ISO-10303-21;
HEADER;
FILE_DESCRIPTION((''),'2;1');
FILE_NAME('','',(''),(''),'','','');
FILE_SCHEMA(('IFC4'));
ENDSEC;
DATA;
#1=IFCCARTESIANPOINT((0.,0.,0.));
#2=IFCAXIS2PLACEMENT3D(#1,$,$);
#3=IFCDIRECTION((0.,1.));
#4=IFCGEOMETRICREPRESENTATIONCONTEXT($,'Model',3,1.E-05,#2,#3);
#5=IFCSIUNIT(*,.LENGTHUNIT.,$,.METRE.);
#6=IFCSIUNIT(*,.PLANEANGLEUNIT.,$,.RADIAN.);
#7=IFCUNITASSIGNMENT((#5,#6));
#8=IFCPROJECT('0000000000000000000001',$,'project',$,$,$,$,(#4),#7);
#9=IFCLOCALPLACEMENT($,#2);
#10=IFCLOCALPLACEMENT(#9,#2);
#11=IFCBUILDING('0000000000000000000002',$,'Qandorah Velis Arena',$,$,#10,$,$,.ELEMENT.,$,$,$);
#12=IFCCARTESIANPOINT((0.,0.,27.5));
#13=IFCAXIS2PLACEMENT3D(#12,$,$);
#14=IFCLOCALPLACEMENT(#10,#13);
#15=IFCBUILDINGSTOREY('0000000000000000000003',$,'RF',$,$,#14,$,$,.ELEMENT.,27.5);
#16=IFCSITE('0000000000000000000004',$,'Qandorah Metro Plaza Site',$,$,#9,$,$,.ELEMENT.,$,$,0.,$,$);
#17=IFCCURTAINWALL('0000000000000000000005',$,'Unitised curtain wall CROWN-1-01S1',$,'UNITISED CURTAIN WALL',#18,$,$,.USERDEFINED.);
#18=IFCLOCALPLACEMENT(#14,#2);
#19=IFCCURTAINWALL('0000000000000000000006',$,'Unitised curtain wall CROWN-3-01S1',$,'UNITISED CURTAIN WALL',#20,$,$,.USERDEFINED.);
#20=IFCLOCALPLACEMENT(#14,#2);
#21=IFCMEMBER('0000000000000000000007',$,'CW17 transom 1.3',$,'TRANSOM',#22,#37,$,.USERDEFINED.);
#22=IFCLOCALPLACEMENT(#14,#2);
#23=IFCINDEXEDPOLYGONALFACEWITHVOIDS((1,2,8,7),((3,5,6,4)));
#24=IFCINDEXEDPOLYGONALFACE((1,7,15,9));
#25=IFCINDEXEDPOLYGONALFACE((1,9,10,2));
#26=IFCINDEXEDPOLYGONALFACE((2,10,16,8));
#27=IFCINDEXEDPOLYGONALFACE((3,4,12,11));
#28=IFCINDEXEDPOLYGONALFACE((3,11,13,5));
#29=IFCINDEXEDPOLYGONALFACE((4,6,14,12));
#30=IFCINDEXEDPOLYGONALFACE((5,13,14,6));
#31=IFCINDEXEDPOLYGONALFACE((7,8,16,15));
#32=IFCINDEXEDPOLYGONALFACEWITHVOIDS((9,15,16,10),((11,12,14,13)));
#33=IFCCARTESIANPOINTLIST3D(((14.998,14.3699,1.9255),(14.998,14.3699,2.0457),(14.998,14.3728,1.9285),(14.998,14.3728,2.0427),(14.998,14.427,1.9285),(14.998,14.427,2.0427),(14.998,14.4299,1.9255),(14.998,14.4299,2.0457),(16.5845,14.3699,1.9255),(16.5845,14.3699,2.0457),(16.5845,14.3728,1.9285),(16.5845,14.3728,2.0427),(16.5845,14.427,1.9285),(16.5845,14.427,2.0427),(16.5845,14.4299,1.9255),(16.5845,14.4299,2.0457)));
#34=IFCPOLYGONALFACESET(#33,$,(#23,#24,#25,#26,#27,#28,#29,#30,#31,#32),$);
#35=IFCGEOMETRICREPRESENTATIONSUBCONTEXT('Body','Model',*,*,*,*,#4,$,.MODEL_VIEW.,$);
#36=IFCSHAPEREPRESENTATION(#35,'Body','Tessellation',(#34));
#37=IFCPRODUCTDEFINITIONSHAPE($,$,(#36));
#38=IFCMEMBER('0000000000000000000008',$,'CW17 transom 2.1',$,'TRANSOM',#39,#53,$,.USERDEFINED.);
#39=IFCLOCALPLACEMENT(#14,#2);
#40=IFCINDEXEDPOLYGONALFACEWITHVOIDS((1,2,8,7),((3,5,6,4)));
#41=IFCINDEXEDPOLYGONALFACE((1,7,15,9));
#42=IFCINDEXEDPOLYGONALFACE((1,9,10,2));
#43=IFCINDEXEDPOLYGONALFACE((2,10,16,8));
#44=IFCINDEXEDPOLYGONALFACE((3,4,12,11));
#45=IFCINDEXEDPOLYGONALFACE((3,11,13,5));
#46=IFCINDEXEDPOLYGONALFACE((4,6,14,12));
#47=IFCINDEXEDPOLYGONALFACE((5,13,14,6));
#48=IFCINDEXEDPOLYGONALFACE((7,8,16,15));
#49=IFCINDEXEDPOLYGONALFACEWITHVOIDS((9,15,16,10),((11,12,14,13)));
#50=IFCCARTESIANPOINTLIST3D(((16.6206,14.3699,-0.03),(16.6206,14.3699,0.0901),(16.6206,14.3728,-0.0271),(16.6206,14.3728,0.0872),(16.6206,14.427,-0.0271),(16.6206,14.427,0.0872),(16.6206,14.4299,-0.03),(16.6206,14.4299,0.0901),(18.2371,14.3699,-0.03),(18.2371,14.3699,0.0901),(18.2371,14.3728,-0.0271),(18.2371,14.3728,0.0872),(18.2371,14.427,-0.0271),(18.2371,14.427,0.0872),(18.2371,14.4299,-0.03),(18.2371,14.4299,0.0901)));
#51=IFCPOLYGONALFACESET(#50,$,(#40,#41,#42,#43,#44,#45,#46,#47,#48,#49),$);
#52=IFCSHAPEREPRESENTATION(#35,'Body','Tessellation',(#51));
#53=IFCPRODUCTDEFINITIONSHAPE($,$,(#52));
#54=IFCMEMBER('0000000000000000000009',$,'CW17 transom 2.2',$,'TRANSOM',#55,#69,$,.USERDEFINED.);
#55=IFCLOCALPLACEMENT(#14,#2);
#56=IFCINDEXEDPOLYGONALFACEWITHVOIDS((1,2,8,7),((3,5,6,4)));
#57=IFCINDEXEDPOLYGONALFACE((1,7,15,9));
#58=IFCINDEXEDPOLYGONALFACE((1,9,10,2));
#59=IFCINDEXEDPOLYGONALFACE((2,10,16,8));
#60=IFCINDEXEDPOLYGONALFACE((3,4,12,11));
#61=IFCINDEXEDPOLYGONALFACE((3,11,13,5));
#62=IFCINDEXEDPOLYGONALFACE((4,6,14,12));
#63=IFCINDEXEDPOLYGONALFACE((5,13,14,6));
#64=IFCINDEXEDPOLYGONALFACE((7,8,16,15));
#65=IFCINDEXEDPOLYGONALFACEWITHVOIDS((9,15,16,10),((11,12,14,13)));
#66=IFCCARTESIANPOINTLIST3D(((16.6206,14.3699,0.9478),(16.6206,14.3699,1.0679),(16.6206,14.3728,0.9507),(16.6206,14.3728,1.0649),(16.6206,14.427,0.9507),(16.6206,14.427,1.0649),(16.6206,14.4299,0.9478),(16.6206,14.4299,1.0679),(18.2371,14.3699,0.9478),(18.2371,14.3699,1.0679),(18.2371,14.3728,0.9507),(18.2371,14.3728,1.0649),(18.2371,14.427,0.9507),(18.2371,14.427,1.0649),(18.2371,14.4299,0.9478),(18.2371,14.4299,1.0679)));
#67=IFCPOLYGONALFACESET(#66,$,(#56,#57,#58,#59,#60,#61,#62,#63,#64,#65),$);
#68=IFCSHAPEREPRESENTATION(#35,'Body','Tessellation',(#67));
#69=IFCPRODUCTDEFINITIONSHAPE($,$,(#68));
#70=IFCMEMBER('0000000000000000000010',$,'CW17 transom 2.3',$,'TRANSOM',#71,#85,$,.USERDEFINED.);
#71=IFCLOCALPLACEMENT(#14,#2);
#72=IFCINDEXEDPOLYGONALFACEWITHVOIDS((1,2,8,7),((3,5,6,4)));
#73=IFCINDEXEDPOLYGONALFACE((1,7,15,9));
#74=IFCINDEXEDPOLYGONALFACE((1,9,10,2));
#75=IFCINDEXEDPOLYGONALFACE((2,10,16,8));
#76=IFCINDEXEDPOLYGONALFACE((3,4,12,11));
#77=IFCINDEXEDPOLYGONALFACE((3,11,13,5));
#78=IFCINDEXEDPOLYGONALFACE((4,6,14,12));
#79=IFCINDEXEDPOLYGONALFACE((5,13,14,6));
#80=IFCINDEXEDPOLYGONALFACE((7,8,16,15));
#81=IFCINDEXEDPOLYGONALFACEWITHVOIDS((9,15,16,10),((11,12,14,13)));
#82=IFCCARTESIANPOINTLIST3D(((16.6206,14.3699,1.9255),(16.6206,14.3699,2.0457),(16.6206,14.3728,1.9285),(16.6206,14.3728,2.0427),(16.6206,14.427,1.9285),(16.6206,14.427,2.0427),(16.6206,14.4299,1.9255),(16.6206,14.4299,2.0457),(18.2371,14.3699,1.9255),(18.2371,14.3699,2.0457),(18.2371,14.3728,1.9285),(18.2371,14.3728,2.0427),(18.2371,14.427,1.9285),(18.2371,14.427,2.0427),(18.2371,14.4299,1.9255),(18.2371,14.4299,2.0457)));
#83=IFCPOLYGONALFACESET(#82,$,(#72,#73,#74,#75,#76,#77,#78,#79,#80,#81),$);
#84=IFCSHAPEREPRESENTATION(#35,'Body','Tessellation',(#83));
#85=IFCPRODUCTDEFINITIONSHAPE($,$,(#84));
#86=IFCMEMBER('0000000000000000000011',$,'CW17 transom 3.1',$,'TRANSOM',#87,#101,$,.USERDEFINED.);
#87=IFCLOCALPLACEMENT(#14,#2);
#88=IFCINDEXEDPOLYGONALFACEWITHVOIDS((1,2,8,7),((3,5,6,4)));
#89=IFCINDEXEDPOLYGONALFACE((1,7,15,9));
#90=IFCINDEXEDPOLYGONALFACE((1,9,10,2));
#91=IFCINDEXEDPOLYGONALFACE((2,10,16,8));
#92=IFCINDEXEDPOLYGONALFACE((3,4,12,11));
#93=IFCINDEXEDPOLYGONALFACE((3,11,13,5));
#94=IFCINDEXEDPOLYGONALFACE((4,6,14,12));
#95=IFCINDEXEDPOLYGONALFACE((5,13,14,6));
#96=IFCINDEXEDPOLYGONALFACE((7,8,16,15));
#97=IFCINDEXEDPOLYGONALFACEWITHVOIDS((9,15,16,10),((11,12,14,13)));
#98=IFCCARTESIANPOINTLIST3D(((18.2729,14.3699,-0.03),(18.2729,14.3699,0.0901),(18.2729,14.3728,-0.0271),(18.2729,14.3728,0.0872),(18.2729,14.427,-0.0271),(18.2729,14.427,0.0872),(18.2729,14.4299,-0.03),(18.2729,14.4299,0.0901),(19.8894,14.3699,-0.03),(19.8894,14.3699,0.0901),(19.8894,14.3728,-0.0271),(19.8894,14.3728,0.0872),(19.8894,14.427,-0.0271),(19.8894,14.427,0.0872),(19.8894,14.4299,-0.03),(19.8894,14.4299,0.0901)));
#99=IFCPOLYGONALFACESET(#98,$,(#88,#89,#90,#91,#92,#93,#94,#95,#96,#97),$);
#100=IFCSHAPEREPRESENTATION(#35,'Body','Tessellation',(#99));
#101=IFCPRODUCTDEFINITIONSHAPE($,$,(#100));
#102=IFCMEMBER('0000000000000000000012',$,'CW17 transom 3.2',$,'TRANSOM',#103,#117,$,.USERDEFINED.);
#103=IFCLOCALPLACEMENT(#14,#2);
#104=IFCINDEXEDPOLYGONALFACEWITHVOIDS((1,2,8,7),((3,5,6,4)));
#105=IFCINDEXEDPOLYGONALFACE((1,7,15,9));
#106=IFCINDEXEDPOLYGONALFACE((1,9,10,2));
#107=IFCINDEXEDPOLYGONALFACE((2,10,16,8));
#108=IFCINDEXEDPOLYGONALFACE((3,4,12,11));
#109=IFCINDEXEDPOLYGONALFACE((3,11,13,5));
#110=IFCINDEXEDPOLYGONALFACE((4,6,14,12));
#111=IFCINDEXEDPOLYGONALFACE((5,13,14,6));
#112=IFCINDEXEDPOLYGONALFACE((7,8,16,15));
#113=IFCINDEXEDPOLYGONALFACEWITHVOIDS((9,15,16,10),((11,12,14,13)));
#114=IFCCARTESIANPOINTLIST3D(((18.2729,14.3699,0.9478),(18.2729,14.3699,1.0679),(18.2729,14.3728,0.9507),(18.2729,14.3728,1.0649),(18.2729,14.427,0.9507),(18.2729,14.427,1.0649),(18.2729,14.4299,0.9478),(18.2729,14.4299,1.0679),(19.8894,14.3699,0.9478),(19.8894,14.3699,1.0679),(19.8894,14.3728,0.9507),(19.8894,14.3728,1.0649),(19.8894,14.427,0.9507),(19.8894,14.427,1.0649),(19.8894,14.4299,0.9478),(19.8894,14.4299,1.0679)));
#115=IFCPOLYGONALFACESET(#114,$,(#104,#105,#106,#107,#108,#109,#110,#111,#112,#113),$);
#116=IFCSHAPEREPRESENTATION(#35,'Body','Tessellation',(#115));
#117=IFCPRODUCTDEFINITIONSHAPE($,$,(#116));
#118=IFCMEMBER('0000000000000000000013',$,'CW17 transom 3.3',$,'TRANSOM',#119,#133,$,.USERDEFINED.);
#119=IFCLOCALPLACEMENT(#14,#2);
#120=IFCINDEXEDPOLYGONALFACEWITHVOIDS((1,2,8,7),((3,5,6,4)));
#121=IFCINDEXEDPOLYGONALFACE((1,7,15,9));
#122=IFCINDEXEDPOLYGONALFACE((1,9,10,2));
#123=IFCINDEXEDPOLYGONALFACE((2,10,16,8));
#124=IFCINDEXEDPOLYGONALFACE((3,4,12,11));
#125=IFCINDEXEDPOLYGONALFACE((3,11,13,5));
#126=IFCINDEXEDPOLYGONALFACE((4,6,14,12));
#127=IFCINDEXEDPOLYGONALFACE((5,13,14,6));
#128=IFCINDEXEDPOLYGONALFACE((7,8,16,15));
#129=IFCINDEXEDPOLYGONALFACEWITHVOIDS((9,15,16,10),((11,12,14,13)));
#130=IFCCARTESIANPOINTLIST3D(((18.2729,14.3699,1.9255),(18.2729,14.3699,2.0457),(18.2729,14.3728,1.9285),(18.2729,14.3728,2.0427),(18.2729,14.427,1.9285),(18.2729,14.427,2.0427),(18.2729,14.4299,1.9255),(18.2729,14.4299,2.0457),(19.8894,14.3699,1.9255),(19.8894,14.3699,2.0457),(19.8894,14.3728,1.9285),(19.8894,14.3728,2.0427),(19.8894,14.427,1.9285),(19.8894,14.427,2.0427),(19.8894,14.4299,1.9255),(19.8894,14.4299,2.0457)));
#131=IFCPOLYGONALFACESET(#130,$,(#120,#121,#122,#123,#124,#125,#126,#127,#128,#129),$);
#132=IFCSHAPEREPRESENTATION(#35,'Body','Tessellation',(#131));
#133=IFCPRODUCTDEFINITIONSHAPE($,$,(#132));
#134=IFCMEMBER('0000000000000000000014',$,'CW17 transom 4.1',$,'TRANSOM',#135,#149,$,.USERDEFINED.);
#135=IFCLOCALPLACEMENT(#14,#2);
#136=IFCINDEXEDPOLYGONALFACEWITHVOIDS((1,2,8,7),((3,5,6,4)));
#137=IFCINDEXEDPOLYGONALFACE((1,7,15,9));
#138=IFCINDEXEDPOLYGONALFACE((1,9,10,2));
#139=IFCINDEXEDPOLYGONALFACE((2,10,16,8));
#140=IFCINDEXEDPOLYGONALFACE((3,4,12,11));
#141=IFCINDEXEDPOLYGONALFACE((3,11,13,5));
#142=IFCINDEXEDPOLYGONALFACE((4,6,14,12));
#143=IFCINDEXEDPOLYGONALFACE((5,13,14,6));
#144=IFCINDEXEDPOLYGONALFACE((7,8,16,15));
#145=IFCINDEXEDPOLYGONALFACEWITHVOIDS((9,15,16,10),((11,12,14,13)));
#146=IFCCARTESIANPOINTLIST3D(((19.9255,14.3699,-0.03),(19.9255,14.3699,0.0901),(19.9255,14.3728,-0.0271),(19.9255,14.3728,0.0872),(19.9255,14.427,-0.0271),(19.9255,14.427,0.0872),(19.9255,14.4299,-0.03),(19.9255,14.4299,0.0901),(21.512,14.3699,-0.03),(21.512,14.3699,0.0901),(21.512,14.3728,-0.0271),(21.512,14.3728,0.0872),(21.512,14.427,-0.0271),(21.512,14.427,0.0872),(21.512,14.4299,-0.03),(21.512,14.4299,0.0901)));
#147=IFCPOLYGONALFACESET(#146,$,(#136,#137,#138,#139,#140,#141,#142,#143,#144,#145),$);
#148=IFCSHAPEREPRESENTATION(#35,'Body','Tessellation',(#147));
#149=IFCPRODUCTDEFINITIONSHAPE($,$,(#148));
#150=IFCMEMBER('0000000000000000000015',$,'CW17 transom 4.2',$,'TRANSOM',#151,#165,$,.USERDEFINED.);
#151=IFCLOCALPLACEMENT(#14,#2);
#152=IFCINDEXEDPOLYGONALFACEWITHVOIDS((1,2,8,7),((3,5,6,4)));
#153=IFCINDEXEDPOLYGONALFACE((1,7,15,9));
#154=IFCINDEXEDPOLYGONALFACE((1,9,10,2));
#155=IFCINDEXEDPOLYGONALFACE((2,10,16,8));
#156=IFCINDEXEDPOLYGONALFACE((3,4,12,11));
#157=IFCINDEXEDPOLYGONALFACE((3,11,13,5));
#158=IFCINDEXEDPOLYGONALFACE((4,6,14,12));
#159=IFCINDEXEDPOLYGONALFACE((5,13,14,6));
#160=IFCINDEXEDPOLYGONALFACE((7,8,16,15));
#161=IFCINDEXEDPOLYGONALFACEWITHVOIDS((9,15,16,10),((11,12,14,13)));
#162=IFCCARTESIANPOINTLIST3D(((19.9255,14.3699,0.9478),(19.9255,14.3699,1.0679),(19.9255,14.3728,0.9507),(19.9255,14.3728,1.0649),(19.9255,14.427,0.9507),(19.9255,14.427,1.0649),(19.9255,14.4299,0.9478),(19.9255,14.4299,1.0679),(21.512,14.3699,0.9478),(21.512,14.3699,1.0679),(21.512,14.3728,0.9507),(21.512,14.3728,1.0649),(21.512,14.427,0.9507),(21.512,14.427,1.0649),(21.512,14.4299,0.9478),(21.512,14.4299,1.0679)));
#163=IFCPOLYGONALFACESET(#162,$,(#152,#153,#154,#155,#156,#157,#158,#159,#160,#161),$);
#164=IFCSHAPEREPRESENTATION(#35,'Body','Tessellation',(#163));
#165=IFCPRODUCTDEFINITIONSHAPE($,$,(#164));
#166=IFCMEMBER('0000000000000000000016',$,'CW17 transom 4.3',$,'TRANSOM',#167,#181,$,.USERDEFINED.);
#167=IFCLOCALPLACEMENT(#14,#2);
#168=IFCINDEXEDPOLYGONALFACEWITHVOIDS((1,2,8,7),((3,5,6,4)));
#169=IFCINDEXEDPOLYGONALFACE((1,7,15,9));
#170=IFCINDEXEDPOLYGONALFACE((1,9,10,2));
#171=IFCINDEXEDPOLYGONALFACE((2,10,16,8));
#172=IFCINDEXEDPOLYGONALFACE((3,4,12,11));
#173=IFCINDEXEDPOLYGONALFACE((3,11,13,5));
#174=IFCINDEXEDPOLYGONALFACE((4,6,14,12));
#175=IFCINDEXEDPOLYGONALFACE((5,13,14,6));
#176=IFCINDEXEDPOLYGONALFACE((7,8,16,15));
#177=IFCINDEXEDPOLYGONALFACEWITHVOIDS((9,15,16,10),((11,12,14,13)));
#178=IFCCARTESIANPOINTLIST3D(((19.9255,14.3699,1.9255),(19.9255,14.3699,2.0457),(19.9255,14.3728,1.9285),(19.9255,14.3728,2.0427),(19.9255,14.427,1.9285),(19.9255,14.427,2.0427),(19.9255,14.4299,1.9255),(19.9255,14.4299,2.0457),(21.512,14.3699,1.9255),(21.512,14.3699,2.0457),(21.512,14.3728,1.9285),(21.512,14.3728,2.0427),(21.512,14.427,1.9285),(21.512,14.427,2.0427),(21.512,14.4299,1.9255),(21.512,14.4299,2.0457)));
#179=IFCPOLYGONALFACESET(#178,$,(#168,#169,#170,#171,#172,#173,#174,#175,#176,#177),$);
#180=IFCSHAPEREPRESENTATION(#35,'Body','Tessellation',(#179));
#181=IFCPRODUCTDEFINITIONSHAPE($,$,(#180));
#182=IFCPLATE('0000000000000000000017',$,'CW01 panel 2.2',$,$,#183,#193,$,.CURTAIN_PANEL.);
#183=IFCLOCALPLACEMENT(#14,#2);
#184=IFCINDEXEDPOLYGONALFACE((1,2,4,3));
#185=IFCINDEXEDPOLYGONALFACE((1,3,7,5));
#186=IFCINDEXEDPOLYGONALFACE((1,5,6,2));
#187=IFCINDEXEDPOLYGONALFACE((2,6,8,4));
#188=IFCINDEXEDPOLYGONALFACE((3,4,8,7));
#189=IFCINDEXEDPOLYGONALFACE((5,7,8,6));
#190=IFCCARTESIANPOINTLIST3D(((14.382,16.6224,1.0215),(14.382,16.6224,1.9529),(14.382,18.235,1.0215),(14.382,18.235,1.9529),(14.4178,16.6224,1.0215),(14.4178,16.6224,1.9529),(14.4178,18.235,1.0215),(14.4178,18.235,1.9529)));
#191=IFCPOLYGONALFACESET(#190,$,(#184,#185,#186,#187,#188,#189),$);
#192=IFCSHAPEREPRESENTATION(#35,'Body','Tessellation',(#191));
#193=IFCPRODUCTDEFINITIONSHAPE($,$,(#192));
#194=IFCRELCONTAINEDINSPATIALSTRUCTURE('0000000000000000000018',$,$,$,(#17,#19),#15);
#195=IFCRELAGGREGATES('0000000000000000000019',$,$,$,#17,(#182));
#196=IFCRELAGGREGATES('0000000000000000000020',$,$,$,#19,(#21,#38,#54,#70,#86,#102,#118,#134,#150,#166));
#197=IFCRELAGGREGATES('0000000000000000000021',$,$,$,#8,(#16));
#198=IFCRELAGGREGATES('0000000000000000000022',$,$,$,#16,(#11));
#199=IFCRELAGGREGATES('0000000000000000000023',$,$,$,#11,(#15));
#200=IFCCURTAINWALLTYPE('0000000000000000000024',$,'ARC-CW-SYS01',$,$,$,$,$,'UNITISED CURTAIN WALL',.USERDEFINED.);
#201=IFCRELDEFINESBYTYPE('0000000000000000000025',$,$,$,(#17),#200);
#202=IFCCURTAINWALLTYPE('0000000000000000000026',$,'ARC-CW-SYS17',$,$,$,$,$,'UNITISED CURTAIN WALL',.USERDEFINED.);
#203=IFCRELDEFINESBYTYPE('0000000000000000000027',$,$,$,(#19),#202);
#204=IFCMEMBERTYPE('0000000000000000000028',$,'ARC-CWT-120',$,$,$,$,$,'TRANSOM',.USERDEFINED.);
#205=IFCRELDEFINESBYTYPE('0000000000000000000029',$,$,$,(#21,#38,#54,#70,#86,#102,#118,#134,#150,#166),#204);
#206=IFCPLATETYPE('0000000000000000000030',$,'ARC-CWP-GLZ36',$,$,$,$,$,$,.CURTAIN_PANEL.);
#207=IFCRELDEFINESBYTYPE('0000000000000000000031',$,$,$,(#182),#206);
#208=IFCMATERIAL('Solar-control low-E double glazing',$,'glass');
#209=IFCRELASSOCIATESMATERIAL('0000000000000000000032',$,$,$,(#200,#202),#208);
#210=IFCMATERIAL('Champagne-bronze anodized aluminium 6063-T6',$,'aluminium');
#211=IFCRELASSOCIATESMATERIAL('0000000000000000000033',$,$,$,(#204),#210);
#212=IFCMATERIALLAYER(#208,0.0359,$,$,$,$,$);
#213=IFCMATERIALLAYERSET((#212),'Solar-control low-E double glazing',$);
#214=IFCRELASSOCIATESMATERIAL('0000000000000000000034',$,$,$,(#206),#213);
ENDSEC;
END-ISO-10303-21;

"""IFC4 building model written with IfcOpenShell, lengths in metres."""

from ifc_helpers import new_model, si_unit, direction, frame, origin, origin_2d, place, context, subcontext, project, spatial, rectangle, hollow_rectangle, extrude, material, layer, layer_set, material_profile, profile_set, type_object, element, aggregate, save


model = new_model("IFC4")

# Units and contexts
model_context = context("Model", 3, precision=1e-05, world=origin(), true_north=direction((0.0, 1.0)))
body_context = subcontext(model_context, "Body", "Model", "MODEL_VIEW")
ifc_project = project(units=[si_unit("LENGTHUNIT", "METRE"), si_unit("PLANEANGLEUNIT", "RADIAN")], contexts=[model_context])

# Site, building, storey
site_placement = place(None, origin())
site = spatial("IfcSite", under=ifc_project, at=site_placement, Name="Qandorah Metro Plaza Site", CompositionType="ELEMENT", RefElevation=0.0)
building_placement = place(site_placement, origin())
building = spatial("IfcBuilding", under=site, at=building_placement, Name="Qandorah Velis Arena", CompositionType="ELEMENT")
storey_placement = place(building_placement, frame((0.0, 0.0, 27.5)))
storey = spatial("IfcBuildingStorey", under=building, at=storey_placement, Name="RF", CompositionType="ELEMENT", Elevation=27.5)

# Curtain wall
ifc_material_1 = material(Name="Solar-control low-E double glazing", Category="glass")
curtain_wall_type_1 = type_object("IfcCurtainWallType", Name="ARC-CW-SYS01", ElementType="UNITISED CURTAIN WALL", PredefinedType="USERDEFINED", material=ifc_material_1)
curtain_wall_1_placement = place(storey_placement, origin())
curtain_wall_1 = element("IfcCurtainWall", 1, at=curtain_wall_1_placement, inside=storey, type_object=curtain_wall_type_1, Name="Unitised curtain wall CROWN-1-01S1", ObjectType="UNITISED CURTAIN WALL", PredefinedType="USERDEFINED")
ifc_material_2 = material(Name="Champagne-bronze anodized aluminium 6063-T6", Category="aluminium")

# Curtain wall
curtain_wall_type_2 = type_object("IfcCurtainWallType", Name="ARC-CW-SYS17", ElementType="UNITISED CURTAIN WALL", PredefinedType="USERDEFINED", material=ifc_material_1)
curtain_wall_2_placement = place(storey_placement, origin())
curtain_wall_2 = element("IfcCurtainWall", 2, at=curtain_wall_2_placement, inside=storey, type_object=curtain_wall_type_2, Name="Unitised curtain wall CROWN-3-01S1", ObjectType="UNITISED CURTAIN WALL", PredefinedType="USERDEFINED")

# Members
ifc_material_profile_1 = material_profile(ifc_material_2, hollow_rectangle(XDim=0.0601, YDim=0.1201, WallThickness=0.0029, at=origin_2d()), Name="ALU TRANSOM 60x120")
ifc_profile_set_1 = profile_set([ifc_material_profile_1], Name="Champagne-bronze anodized aluminium 6063-T6")
member_type_1 = type_object("IfcMemberType", Name="ARC-CWT-120", ElementType="TRANSOM", PredefinedType="USERDEFINED", material=ifc_profile_set_1)
member_1_placement = place(storey_placement, frame((14.998, 14.3999, 1.9856), z_axis=(1.0, 0.0, 0.0), x_axis=(0.0, 1.0, 0.0)))
member_1 = element("IfcMember", 3, at=member_1_placement, type_object=member_type_1, Name="CW17 transom 1.3", ObjectType="TRANSOM", PredefinedType="USERDEFINED", context=body_context, shape_type="SweptSolid", body=[
    extrude(hollow_rectangle(XDim=0.0601, YDim=0.1201, WallThickness=0.0029, at=origin_2d()), origin(), (0.0, 0.0, 1.0), 1.5864),
])
member_2_placement = place(storey_placement, frame((16.6206, 14.3999, 0.03), z_axis=(1.0, 0.0, 0.0), x_axis=(0.0, 1.0, 0.0)))
member_2 = element("IfcMember", 4, at=member_2_placement, type_object=member_type_1, Name="CW17 transom 2.1", ObjectType="TRANSOM", PredefinedType="USERDEFINED", context=body_context, shape_type="SweptSolid", body=[
    extrude(hollow_rectangle(XDim=0.0601, YDim=0.1201, WallThickness=0.0029, at=origin_2d()), origin(), (0.0, 0.0, 1.0), 1.6165),
])
member_3_placement = place(storey_placement, frame((16.6206, 14.3999, 1.0078), z_axis=(1.0, 0.0, 0.0), x_axis=(0.0, 1.0, 0.0)))
member_3 = element("IfcMember", 5, at=member_3_placement, type_object=member_type_1, Name="CW17 transom 2.2", ObjectType="TRANSOM", PredefinedType="USERDEFINED", context=body_context, shape_type="SweptSolid", body=[
    extrude(hollow_rectangle(XDim=0.0601, YDim=0.1201, WallThickness=0.0029, at=origin_2d()), origin(), (0.0, 0.0, 1.0), 1.6165),
])
member_4_placement = place(storey_placement, frame((16.6206, 14.3999, 1.9856), z_axis=(1.0, 0.0, 0.0), x_axis=(0.0, 1.0, 0.0)))
member_4 = element("IfcMember", 6, at=member_4_placement, type_object=member_type_1, Name="CW17 transom 2.3", ObjectType="TRANSOM", PredefinedType="USERDEFINED", context=body_context, shape_type="SweptSolid", body=[
    extrude(hollow_rectangle(XDim=0.0601, YDim=0.1201, WallThickness=0.0029, at=origin_2d()), origin(), (0.0, 0.0, 1.0), 1.6165),
])
member_5_placement = place(storey_placement, frame((18.2729, 14.3999, 0.03), z_axis=(1.0, 0.0, 0.0), x_axis=(0.0, 1.0, 0.0)))
member_5 = element("IfcMember", 7, at=member_5_placement, type_object=member_type_1, Name="CW17 transom 3.1", ObjectType="TRANSOM", PredefinedType="USERDEFINED", context=body_context, shape_type="SweptSolid", body=[
    extrude(hollow_rectangle(XDim=0.0601, YDim=0.1201, WallThickness=0.0029, at=origin_2d()), origin(), (0.0, 0.0, 1.0), 1.6165),
])
member_6_placement = place(storey_placement, frame((18.2729, 14.3999, 1.0078), z_axis=(1.0, 0.0, 0.0), x_axis=(0.0, 1.0, 0.0)))
member_6 = element("IfcMember", 8, at=member_6_placement, type_object=member_type_1, Name="CW17 transom 3.2", ObjectType="TRANSOM", PredefinedType="USERDEFINED", context=body_context, shape_type="SweptSolid", body=[
    extrude(hollow_rectangle(XDim=0.0601, YDim=0.1201, WallThickness=0.0029, at=origin_2d()), origin(), (0.0, 0.0, 1.0), 1.6165),
])
member_7_placement = place(storey_placement, frame((18.2729, 14.3999, 1.9856), z_axis=(1.0, 0.0, 0.0), x_axis=(0.0, 1.0, 0.0)))
member_7 = element("IfcMember", 9, at=member_7_placement, type_object=member_type_1, Name="CW17 transom 3.3", ObjectType="TRANSOM", PredefinedType="USERDEFINED", context=body_context, shape_type="SweptSolid", body=[
    extrude(hollow_rectangle(XDim=0.0601, YDim=0.1201, WallThickness=0.0029, at=origin_2d()), origin(), (0.0, 0.0, 1.0), 1.6165),
])
member_8_placement = place(storey_placement, frame((19.9255, 14.3999, 0.03), z_axis=(1.0, 0.0, 0.0), x_axis=(0.0, 1.0, 0.0)))
member_8 = element("IfcMember", 10, at=member_8_placement, type_object=member_type_1, Name="CW17 transom 4.1", ObjectType="TRANSOM", PredefinedType="USERDEFINED", context=body_context, shape_type="SweptSolid", body=[
    extrude(hollow_rectangle(XDim=0.0601, YDim=0.1201, WallThickness=0.0029, at=origin_2d()), origin(), (0.0, 0.0, 1.0), 1.5864),
])
member_9_placement = place(storey_placement, frame((19.9255, 14.3999, 1.0078), z_axis=(1.0, 0.0, 0.0), x_axis=(0.0, 1.0, 0.0)))
member_9 = element("IfcMember", 11, at=member_9_placement, type_object=member_type_1, Name="CW17 transom 4.2", ObjectType="TRANSOM", PredefinedType="USERDEFINED", context=body_context, shape_type="SweptSolid", body=[
    extrude(hollow_rectangle(XDim=0.0601, YDim=0.1201, WallThickness=0.0029, at=origin_2d()), origin(), (0.0, 0.0, 1.0), 1.5864),
])
member_10_placement = place(storey_placement, frame((19.9255, 14.3999, 1.9856), z_axis=(1.0, 0.0, 0.0), x_axis=(0.0, 1.0, 0.0)))
member_10 = element("IfcMember", 12, at=member_10_placement, type_object=member_type_1, Name="CW17 transom 4.3", ObjectType="TRANSOM", PredefinedType="USERDEFINED", context=body_context, shape_type="SweptSolid", body=[
    extrude(hollow_rectangle(XDim=0.0601, YDim=0.1201, WallThickness=0.0029, at=origin_2d()), origin(), (0.0, 0.0, 1.0), 1.5864),
])

# Plate
ifc_layer_1 = layer(ifc_material_1, 0.0359)
ifc_layer_set_1 = layer_set([ifc_layer_1], Name="Solar-control low-E double glazing")
plate_type = type_object("IfcPlateType", Name="ARC-CWP-GLZ36", PredefinedType="CURTAIN_PANEL", material=ifc_layer_set_1)
plate_1_placement = place(storey_placement, frame((14.3999, 17.4287, 1.0215), z_axis=(0.0, 0.0, 1.0), x_axis=(0.0, 1.0, 0.0)))
plate_1 = element("IfcPlate", 13, at=plate_1_placement, type_object=plate_type, Name="CW01 panel 2.2", PredefinedType="CURTAIN_PANEL", context=body_context, shape_type="SweptSolid", body=[
    extrude(rectangle(XDim=1.6125, YDim=0.0359, at=origin_2d()), origin(), (0.0, 0.0, 1.0), 0.9314),
])
aggregate(curtain_wall_1, [plate_1])
aggregate(curtain_wall_2, [member_1, member_2, member_3, member_4, member_5, member_6, member_7, member_8, member_9, member_10])

save(model, "model.ifc")
